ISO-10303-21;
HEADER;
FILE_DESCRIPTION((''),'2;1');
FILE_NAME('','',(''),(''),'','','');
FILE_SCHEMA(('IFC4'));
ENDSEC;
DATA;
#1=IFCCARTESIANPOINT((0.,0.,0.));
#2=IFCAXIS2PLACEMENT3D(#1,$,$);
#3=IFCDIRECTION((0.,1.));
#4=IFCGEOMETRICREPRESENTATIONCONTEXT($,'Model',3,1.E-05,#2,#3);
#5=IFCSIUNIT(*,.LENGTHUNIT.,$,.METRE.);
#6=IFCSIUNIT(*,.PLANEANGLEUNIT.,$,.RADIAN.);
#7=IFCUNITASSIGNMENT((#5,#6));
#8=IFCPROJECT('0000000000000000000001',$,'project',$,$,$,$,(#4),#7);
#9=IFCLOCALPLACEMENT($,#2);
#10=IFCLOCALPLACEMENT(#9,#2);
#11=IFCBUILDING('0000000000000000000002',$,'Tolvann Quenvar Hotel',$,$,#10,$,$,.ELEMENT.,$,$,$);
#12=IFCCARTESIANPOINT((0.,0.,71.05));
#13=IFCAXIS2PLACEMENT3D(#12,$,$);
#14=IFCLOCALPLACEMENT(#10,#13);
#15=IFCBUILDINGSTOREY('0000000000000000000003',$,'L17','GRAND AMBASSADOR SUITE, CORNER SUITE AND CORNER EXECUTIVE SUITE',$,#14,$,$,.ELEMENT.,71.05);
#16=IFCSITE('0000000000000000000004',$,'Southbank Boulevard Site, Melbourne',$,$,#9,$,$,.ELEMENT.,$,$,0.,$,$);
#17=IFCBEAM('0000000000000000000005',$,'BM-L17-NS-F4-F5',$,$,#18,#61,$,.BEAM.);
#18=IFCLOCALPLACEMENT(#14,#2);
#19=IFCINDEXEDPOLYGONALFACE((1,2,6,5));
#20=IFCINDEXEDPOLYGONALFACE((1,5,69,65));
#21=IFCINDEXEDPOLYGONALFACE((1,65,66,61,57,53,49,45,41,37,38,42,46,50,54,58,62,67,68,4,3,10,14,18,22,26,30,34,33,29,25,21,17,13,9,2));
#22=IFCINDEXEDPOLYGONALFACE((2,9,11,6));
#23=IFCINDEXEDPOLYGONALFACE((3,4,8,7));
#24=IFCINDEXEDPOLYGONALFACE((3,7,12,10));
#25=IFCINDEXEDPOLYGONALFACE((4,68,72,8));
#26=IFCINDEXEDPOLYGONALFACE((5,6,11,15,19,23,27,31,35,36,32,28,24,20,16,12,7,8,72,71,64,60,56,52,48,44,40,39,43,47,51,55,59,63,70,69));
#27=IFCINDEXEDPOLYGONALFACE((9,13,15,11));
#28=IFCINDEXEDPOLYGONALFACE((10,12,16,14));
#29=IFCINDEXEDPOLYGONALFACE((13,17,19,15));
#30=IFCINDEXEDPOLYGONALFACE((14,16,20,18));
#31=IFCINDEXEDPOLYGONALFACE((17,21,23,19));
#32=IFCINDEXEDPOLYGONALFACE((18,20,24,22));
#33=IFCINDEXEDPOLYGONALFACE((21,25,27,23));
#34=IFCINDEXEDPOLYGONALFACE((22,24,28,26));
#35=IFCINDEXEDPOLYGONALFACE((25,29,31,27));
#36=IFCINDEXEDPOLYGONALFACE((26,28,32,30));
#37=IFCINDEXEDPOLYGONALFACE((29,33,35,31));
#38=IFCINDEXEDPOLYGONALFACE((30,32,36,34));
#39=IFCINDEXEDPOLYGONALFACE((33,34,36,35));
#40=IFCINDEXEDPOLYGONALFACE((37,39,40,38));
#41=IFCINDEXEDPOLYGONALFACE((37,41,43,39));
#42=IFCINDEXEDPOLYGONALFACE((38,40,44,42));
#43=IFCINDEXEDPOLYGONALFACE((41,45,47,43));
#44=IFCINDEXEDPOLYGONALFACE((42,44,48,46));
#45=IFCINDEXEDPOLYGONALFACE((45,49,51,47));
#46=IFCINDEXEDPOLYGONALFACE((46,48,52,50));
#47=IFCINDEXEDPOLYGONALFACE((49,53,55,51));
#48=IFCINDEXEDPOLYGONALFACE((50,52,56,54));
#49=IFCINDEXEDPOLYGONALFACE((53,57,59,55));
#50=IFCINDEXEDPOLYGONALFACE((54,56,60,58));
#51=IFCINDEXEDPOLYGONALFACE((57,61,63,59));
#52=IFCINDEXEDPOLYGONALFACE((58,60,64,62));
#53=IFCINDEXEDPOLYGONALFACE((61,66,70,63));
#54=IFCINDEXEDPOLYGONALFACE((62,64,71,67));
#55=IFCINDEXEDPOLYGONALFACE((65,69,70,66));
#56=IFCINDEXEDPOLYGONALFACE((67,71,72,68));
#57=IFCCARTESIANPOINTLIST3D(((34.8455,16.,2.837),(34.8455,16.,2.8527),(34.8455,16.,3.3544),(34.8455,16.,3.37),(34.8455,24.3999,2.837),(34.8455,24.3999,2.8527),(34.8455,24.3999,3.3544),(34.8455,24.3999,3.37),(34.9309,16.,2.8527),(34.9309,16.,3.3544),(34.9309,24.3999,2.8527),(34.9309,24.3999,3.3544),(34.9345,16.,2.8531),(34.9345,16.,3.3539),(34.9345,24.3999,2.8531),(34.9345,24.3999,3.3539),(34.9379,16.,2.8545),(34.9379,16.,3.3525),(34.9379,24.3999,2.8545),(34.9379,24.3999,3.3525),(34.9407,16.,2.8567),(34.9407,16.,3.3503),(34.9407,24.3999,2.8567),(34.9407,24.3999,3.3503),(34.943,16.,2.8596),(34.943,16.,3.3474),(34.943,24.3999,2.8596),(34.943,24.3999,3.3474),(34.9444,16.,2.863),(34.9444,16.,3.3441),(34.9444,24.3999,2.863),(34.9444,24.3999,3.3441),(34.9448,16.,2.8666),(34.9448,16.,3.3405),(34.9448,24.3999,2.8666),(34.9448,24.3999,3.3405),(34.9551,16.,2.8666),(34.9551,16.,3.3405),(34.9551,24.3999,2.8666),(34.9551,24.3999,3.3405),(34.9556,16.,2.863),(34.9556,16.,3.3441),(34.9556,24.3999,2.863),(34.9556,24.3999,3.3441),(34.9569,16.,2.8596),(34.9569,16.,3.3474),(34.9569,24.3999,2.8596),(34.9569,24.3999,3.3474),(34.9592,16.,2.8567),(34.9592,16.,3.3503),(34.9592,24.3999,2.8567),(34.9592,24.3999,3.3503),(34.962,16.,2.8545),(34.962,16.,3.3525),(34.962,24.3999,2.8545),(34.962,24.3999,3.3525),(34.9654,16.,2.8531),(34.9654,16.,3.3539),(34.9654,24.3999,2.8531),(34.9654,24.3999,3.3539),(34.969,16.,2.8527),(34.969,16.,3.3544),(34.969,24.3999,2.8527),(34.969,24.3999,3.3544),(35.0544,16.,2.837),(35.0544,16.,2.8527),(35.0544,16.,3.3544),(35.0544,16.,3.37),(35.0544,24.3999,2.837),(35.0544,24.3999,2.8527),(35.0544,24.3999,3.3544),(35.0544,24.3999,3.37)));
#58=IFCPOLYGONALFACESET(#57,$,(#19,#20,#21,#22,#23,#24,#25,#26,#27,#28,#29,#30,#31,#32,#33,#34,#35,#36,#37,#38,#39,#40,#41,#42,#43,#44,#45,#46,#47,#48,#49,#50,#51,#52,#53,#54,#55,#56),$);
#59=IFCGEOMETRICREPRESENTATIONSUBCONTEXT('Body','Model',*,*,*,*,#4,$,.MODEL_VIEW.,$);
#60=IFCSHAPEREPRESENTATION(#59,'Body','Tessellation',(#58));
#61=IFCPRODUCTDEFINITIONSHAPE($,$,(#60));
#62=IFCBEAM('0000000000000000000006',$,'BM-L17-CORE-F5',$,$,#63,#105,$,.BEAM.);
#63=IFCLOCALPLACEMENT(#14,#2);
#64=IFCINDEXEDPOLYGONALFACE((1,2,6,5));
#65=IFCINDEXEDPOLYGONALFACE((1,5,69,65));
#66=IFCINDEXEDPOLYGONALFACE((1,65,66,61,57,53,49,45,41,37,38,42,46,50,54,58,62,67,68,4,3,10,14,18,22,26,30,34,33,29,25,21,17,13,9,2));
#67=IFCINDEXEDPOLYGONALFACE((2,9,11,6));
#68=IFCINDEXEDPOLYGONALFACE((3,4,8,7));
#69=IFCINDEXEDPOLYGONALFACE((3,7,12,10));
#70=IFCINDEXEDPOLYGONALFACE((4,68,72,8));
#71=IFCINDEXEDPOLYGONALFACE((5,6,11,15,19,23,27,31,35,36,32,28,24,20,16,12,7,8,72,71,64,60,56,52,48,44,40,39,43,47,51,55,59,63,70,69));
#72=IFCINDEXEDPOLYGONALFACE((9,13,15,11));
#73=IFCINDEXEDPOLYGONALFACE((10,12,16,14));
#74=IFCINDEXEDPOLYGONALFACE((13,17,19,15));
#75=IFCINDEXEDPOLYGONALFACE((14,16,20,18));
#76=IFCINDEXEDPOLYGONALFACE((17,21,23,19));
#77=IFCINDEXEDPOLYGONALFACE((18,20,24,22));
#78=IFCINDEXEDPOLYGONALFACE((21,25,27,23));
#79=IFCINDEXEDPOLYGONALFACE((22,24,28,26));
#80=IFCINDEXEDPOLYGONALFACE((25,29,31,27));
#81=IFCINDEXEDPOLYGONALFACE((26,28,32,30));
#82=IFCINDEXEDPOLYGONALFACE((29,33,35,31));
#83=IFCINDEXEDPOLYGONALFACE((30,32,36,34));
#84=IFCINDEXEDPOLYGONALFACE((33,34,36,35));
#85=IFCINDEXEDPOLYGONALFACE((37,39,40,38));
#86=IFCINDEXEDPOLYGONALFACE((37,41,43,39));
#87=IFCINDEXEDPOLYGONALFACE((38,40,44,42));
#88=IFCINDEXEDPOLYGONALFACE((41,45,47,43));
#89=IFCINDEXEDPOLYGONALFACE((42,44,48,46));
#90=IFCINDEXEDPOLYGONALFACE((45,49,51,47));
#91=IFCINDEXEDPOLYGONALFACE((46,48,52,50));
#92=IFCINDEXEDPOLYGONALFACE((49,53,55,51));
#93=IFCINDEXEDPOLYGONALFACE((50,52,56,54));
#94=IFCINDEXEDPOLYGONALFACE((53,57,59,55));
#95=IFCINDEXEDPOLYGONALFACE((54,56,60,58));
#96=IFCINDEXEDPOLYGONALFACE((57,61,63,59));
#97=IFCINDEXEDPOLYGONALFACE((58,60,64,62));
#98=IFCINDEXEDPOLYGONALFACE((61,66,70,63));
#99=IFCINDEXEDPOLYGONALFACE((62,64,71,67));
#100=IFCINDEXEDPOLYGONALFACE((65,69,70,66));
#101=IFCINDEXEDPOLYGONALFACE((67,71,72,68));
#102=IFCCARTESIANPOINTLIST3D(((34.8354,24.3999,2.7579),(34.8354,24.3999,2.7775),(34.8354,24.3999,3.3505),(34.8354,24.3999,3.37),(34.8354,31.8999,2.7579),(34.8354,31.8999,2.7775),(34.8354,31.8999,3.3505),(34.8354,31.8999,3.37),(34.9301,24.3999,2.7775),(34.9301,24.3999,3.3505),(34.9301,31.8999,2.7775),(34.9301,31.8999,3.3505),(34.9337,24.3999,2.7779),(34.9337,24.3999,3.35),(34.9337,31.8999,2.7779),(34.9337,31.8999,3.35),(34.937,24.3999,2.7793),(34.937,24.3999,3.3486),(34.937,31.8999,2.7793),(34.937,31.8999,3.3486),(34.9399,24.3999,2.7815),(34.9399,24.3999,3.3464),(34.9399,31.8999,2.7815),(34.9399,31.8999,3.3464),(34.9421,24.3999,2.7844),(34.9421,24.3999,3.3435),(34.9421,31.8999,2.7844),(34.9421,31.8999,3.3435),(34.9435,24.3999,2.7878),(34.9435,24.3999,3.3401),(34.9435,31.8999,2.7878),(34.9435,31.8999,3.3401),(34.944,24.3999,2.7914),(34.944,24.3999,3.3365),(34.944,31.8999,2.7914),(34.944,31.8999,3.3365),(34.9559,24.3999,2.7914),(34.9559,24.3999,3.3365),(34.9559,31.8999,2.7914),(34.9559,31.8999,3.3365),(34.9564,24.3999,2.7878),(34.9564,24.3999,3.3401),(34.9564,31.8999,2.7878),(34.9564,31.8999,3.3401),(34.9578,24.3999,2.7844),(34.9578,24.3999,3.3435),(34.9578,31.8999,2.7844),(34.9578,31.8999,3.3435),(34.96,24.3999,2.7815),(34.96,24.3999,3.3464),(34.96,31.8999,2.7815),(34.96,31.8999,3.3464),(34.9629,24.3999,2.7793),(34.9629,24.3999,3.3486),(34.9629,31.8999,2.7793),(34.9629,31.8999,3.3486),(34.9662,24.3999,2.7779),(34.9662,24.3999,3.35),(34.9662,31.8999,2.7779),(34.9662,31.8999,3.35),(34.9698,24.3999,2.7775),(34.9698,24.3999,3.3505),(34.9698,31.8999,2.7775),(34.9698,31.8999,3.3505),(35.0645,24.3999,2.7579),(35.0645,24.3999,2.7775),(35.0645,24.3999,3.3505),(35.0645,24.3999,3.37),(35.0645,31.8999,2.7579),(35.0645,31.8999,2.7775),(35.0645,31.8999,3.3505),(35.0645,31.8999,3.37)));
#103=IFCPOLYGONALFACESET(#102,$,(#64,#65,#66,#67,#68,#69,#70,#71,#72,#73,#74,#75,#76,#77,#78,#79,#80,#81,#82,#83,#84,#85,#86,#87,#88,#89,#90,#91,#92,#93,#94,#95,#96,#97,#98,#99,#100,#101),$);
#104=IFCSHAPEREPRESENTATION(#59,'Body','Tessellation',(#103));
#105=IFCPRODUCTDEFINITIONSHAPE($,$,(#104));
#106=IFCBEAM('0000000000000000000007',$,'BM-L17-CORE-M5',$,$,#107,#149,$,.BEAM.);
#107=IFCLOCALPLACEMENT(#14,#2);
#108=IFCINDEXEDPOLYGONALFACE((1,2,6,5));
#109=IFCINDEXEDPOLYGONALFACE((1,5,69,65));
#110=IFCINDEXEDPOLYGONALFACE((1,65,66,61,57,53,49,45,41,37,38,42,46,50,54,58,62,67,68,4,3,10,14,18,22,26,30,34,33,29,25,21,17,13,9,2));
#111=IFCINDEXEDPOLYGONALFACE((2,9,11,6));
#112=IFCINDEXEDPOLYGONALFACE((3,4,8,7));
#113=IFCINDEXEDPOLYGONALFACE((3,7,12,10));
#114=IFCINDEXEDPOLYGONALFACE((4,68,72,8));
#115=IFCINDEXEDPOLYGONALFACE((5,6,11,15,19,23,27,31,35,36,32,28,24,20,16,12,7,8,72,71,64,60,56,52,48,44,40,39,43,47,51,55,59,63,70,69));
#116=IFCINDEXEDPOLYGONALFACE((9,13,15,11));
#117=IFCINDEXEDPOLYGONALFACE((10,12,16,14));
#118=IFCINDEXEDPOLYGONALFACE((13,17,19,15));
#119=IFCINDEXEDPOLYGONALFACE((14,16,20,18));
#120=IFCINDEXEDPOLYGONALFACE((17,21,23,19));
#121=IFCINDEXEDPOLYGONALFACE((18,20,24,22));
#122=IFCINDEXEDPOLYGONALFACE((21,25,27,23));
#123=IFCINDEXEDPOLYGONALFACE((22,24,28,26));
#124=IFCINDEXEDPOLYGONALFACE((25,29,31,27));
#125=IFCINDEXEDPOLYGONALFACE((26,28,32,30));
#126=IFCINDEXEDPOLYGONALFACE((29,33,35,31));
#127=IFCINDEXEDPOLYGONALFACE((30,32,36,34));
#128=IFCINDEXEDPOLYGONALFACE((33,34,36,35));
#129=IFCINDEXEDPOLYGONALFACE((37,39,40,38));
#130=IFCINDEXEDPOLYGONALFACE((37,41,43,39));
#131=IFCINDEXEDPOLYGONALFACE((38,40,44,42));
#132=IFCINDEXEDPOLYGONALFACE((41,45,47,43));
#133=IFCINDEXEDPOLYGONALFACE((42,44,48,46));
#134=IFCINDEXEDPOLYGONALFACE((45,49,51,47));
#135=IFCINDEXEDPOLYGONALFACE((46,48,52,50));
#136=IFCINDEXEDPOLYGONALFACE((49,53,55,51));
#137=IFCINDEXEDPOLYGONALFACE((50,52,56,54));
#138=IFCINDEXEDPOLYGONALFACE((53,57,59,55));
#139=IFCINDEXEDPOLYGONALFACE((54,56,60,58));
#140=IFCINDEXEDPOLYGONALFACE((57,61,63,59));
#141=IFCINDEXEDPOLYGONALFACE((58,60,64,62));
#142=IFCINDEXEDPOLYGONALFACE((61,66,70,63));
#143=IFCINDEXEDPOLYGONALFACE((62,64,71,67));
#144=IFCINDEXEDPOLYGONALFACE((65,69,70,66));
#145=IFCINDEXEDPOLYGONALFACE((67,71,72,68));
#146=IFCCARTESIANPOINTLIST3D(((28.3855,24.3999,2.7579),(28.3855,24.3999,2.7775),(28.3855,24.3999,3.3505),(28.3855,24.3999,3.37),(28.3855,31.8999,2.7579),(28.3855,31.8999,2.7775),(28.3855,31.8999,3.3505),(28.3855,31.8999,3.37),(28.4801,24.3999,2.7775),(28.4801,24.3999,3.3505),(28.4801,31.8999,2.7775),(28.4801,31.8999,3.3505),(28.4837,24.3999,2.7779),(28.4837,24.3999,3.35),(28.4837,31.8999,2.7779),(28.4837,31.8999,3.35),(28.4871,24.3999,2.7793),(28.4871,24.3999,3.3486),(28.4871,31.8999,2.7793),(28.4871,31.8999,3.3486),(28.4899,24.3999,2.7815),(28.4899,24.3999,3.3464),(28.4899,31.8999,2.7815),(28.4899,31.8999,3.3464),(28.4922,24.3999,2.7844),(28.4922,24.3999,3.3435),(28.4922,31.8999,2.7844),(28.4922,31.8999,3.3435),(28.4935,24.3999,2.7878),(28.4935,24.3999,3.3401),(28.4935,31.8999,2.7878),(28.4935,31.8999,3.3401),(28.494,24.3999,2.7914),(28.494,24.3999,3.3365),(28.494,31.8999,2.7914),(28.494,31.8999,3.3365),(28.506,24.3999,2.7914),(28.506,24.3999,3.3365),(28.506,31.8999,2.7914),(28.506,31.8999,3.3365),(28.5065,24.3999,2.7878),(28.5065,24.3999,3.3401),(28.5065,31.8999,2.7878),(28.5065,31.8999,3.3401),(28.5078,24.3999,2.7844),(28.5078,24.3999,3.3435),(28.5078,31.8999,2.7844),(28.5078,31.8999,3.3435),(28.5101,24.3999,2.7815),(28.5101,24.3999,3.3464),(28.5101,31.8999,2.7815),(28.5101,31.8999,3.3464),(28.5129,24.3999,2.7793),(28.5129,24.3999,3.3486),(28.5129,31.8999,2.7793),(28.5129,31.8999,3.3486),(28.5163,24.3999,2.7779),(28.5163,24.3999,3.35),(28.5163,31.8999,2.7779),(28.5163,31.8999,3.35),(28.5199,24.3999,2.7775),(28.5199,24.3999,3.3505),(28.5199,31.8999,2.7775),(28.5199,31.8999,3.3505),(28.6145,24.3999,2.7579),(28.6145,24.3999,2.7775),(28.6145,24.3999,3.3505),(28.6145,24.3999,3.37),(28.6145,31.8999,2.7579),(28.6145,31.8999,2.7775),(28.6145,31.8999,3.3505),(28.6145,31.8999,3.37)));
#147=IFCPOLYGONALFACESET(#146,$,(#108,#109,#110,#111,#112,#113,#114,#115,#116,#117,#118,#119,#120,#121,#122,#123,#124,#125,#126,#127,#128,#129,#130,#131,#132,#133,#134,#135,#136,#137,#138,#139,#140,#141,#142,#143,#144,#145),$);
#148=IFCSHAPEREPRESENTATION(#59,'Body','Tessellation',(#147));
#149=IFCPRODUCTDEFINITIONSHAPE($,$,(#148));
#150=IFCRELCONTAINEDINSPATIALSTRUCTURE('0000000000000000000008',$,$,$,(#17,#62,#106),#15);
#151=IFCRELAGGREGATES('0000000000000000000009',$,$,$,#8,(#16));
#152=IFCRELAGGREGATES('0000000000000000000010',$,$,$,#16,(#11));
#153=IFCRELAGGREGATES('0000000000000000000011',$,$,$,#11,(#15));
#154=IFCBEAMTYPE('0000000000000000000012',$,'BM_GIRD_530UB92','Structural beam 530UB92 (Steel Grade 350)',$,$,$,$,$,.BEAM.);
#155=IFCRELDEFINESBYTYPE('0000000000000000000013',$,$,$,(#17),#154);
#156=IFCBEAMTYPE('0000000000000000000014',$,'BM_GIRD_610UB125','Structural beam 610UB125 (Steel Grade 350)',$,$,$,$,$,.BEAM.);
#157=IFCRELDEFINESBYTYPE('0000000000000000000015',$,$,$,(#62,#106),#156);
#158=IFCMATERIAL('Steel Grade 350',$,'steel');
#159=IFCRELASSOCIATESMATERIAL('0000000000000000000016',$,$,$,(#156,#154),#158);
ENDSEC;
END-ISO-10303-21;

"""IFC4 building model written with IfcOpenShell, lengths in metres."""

from ifc_helpers import new_model, si_unit, direction, frame, origin, origin_2d, place, context, subcontext, project, spatial, i_section, extrude, source, transform, mapped, material, material_profile, profile_set, type_object, type_shapes, element, save


model = new_model("IFC4")

# Units and contexts
model_context = context("Model", 3, precision=1e-05, world=origin(), true_north=direction((0.0, 1.0)))
body_context = subcontext(model_context, "Body", "Model", "MODEL_VIEW")
ifc_project = project(units=[si_unit("LENGTHUNIT", "METRE"), si_unit("PLANEANGLEUNIT", "RADIAN")], contexts=[model_context])

# Site, building, storey
site_placement = place(None, origin())
site = spatial("IfcSite", under=ifc_project, at=site_placement, Name="Southbank Boulevard Site, Melbourne", CompositionType="ELEMENT", RefElevation=0.0)
building_placement = place(site_placement, origin())
building = spatial("IfcBuilding", under=site, at=building_placement, Name="Tolvann Quenvar Hotel", CompositionType="ELEMENT")
storey_placement = place(building_placement, frame((0.0, 0.0, 71.05)))
storey = spatial("IfcBuildingStorey", under=building, at=storey_placement, Name="L17", Description="GRAND AMBASSADOR SUITE, CORNER SUITE AND CORNER EXECUTIVE SUITE", CompositionType="ELEMENT", Elevation=71.05)

# Shared definitions
ifc_material_1 = material(Name="Steel Grade 350", Category="steel")

# Beams
ifc_material_profile_1 = material_profile(ifc_material_1, i_section(OverallWidth=0.229, OverallDepth=0.6121, WebThickness=0.012, FlangeThickness=0.0195, FilletRadius=0.0139, at=origin_2d()), Name="610UB125")
ifc_profile_set_1 = profile_set([ifc_material_profile_1], Name="Steel Grade 350")
beam_type_1 = type_object("IfcBeamType", Name="BM_GIRD_610UB125", Description="Structural beam 610UB125 (Steel Grade 350)", PredefinedType="BEAM", material=ifc_profile_set_1)
ifc_material_profile_2 = material_profile(ifc_material_1, i_section(OverallWidth=0.209, OverallDepth=0.533, WebThickness=0.0103, FlangeThickness=0.0156, FilletRadius=0.0139, at=origin_2d()), Name="530UB92")
ifc_profile_set_2 = profile_set([ifc_material_profile_2], Name="Steel Grade 350")
beam_type_2 = type_object("IfcBeamType", Name="BM_GIRD_530UB92", Description="Structural beam 530UB92 (Steel Grade 350)", PredefinedType="BEAM", material=ifc_profile_set_2)
shared_shape_1 = source(origin(), body_context, "Body", "SweptSolid", [
    extrude(i_section(OverallWidth=0.209, OverallDepth=0.533, WebThickness=0.0103, FlangeThickness=0.0156, FilletRadius=0.0139, at=origin_2d()), origin(), (0.0, 0.0, 1.0), 8.3999),
])
type_shapes(beam_type_2, [shared_shape_1])
beam_1_placement = place(storey_placement, frame((34.95, 16.0, 3.1035), z_axis=(0.0, 1.0, 0.0), x_axis=(-1.0, 0.0, 0.0)))
element("IfcBeam", 1, at=beam_1_placement, inside=storey, type_object=beam_type_2, Name="BM-L17-NS-F4-F5", PredefinedType="BEAM", context=body_context, shape_type="MappedRepresentation", body=[
    mapped(shared_shape_1, transform((0.0, 0.0, 0.0), x_axis=(1.0, 0.0, 0.0), y_axis=(0.0, 1.0, 0.0), z_axis=(0.0, 0.0, 1.0), scale=1.0)),
])
shared_shape_2 = source(origin(), body_context, "Body", "SweptSolid", [
    extrude(i_section(OverallWidth=0.229, OverallDepth=0.6121, WebThickness=0.012, FlangeThickness=0.0195, FilletRadius=0.0139, at=origin_2d()), origin(), (0.0, 0.0, 1.0), 7.5),
])
for number, where, z_axis, x_axis, name in (
    (2, (34.95, 24.3999, 3.064), (0.0, 1.0, 0.0), (-1.0, 0.0, 0.0), "BM-L17-CORE-F5"),
    (3, (28.5, 24.3999, 3.064), (0.0, 1.0, 0.0), (-1.0, 0.0, 0.0), "BM-L17-CORE-M5"),
):
    element("IfcBeam", number, at=place(storey_placement, frame(where, z_axis=z_axis, x_axis=x_axis)), inside=storey, type_object=beam_type_1, Name=name, PredefinedType="BEAM", context=body_context, shape_type="MappedRepresentation", body=[
        mapped(shared_shape_2, transform((0.0, 0.0, 0.0), x_axis=(1.0, 0.0, 0.0), y_axis=(0.0, 1.0, 0.0), z_axis=(0.0, 0.0, 1.0), scale=1.0)),
    ])

save(model, "model.ifc")
